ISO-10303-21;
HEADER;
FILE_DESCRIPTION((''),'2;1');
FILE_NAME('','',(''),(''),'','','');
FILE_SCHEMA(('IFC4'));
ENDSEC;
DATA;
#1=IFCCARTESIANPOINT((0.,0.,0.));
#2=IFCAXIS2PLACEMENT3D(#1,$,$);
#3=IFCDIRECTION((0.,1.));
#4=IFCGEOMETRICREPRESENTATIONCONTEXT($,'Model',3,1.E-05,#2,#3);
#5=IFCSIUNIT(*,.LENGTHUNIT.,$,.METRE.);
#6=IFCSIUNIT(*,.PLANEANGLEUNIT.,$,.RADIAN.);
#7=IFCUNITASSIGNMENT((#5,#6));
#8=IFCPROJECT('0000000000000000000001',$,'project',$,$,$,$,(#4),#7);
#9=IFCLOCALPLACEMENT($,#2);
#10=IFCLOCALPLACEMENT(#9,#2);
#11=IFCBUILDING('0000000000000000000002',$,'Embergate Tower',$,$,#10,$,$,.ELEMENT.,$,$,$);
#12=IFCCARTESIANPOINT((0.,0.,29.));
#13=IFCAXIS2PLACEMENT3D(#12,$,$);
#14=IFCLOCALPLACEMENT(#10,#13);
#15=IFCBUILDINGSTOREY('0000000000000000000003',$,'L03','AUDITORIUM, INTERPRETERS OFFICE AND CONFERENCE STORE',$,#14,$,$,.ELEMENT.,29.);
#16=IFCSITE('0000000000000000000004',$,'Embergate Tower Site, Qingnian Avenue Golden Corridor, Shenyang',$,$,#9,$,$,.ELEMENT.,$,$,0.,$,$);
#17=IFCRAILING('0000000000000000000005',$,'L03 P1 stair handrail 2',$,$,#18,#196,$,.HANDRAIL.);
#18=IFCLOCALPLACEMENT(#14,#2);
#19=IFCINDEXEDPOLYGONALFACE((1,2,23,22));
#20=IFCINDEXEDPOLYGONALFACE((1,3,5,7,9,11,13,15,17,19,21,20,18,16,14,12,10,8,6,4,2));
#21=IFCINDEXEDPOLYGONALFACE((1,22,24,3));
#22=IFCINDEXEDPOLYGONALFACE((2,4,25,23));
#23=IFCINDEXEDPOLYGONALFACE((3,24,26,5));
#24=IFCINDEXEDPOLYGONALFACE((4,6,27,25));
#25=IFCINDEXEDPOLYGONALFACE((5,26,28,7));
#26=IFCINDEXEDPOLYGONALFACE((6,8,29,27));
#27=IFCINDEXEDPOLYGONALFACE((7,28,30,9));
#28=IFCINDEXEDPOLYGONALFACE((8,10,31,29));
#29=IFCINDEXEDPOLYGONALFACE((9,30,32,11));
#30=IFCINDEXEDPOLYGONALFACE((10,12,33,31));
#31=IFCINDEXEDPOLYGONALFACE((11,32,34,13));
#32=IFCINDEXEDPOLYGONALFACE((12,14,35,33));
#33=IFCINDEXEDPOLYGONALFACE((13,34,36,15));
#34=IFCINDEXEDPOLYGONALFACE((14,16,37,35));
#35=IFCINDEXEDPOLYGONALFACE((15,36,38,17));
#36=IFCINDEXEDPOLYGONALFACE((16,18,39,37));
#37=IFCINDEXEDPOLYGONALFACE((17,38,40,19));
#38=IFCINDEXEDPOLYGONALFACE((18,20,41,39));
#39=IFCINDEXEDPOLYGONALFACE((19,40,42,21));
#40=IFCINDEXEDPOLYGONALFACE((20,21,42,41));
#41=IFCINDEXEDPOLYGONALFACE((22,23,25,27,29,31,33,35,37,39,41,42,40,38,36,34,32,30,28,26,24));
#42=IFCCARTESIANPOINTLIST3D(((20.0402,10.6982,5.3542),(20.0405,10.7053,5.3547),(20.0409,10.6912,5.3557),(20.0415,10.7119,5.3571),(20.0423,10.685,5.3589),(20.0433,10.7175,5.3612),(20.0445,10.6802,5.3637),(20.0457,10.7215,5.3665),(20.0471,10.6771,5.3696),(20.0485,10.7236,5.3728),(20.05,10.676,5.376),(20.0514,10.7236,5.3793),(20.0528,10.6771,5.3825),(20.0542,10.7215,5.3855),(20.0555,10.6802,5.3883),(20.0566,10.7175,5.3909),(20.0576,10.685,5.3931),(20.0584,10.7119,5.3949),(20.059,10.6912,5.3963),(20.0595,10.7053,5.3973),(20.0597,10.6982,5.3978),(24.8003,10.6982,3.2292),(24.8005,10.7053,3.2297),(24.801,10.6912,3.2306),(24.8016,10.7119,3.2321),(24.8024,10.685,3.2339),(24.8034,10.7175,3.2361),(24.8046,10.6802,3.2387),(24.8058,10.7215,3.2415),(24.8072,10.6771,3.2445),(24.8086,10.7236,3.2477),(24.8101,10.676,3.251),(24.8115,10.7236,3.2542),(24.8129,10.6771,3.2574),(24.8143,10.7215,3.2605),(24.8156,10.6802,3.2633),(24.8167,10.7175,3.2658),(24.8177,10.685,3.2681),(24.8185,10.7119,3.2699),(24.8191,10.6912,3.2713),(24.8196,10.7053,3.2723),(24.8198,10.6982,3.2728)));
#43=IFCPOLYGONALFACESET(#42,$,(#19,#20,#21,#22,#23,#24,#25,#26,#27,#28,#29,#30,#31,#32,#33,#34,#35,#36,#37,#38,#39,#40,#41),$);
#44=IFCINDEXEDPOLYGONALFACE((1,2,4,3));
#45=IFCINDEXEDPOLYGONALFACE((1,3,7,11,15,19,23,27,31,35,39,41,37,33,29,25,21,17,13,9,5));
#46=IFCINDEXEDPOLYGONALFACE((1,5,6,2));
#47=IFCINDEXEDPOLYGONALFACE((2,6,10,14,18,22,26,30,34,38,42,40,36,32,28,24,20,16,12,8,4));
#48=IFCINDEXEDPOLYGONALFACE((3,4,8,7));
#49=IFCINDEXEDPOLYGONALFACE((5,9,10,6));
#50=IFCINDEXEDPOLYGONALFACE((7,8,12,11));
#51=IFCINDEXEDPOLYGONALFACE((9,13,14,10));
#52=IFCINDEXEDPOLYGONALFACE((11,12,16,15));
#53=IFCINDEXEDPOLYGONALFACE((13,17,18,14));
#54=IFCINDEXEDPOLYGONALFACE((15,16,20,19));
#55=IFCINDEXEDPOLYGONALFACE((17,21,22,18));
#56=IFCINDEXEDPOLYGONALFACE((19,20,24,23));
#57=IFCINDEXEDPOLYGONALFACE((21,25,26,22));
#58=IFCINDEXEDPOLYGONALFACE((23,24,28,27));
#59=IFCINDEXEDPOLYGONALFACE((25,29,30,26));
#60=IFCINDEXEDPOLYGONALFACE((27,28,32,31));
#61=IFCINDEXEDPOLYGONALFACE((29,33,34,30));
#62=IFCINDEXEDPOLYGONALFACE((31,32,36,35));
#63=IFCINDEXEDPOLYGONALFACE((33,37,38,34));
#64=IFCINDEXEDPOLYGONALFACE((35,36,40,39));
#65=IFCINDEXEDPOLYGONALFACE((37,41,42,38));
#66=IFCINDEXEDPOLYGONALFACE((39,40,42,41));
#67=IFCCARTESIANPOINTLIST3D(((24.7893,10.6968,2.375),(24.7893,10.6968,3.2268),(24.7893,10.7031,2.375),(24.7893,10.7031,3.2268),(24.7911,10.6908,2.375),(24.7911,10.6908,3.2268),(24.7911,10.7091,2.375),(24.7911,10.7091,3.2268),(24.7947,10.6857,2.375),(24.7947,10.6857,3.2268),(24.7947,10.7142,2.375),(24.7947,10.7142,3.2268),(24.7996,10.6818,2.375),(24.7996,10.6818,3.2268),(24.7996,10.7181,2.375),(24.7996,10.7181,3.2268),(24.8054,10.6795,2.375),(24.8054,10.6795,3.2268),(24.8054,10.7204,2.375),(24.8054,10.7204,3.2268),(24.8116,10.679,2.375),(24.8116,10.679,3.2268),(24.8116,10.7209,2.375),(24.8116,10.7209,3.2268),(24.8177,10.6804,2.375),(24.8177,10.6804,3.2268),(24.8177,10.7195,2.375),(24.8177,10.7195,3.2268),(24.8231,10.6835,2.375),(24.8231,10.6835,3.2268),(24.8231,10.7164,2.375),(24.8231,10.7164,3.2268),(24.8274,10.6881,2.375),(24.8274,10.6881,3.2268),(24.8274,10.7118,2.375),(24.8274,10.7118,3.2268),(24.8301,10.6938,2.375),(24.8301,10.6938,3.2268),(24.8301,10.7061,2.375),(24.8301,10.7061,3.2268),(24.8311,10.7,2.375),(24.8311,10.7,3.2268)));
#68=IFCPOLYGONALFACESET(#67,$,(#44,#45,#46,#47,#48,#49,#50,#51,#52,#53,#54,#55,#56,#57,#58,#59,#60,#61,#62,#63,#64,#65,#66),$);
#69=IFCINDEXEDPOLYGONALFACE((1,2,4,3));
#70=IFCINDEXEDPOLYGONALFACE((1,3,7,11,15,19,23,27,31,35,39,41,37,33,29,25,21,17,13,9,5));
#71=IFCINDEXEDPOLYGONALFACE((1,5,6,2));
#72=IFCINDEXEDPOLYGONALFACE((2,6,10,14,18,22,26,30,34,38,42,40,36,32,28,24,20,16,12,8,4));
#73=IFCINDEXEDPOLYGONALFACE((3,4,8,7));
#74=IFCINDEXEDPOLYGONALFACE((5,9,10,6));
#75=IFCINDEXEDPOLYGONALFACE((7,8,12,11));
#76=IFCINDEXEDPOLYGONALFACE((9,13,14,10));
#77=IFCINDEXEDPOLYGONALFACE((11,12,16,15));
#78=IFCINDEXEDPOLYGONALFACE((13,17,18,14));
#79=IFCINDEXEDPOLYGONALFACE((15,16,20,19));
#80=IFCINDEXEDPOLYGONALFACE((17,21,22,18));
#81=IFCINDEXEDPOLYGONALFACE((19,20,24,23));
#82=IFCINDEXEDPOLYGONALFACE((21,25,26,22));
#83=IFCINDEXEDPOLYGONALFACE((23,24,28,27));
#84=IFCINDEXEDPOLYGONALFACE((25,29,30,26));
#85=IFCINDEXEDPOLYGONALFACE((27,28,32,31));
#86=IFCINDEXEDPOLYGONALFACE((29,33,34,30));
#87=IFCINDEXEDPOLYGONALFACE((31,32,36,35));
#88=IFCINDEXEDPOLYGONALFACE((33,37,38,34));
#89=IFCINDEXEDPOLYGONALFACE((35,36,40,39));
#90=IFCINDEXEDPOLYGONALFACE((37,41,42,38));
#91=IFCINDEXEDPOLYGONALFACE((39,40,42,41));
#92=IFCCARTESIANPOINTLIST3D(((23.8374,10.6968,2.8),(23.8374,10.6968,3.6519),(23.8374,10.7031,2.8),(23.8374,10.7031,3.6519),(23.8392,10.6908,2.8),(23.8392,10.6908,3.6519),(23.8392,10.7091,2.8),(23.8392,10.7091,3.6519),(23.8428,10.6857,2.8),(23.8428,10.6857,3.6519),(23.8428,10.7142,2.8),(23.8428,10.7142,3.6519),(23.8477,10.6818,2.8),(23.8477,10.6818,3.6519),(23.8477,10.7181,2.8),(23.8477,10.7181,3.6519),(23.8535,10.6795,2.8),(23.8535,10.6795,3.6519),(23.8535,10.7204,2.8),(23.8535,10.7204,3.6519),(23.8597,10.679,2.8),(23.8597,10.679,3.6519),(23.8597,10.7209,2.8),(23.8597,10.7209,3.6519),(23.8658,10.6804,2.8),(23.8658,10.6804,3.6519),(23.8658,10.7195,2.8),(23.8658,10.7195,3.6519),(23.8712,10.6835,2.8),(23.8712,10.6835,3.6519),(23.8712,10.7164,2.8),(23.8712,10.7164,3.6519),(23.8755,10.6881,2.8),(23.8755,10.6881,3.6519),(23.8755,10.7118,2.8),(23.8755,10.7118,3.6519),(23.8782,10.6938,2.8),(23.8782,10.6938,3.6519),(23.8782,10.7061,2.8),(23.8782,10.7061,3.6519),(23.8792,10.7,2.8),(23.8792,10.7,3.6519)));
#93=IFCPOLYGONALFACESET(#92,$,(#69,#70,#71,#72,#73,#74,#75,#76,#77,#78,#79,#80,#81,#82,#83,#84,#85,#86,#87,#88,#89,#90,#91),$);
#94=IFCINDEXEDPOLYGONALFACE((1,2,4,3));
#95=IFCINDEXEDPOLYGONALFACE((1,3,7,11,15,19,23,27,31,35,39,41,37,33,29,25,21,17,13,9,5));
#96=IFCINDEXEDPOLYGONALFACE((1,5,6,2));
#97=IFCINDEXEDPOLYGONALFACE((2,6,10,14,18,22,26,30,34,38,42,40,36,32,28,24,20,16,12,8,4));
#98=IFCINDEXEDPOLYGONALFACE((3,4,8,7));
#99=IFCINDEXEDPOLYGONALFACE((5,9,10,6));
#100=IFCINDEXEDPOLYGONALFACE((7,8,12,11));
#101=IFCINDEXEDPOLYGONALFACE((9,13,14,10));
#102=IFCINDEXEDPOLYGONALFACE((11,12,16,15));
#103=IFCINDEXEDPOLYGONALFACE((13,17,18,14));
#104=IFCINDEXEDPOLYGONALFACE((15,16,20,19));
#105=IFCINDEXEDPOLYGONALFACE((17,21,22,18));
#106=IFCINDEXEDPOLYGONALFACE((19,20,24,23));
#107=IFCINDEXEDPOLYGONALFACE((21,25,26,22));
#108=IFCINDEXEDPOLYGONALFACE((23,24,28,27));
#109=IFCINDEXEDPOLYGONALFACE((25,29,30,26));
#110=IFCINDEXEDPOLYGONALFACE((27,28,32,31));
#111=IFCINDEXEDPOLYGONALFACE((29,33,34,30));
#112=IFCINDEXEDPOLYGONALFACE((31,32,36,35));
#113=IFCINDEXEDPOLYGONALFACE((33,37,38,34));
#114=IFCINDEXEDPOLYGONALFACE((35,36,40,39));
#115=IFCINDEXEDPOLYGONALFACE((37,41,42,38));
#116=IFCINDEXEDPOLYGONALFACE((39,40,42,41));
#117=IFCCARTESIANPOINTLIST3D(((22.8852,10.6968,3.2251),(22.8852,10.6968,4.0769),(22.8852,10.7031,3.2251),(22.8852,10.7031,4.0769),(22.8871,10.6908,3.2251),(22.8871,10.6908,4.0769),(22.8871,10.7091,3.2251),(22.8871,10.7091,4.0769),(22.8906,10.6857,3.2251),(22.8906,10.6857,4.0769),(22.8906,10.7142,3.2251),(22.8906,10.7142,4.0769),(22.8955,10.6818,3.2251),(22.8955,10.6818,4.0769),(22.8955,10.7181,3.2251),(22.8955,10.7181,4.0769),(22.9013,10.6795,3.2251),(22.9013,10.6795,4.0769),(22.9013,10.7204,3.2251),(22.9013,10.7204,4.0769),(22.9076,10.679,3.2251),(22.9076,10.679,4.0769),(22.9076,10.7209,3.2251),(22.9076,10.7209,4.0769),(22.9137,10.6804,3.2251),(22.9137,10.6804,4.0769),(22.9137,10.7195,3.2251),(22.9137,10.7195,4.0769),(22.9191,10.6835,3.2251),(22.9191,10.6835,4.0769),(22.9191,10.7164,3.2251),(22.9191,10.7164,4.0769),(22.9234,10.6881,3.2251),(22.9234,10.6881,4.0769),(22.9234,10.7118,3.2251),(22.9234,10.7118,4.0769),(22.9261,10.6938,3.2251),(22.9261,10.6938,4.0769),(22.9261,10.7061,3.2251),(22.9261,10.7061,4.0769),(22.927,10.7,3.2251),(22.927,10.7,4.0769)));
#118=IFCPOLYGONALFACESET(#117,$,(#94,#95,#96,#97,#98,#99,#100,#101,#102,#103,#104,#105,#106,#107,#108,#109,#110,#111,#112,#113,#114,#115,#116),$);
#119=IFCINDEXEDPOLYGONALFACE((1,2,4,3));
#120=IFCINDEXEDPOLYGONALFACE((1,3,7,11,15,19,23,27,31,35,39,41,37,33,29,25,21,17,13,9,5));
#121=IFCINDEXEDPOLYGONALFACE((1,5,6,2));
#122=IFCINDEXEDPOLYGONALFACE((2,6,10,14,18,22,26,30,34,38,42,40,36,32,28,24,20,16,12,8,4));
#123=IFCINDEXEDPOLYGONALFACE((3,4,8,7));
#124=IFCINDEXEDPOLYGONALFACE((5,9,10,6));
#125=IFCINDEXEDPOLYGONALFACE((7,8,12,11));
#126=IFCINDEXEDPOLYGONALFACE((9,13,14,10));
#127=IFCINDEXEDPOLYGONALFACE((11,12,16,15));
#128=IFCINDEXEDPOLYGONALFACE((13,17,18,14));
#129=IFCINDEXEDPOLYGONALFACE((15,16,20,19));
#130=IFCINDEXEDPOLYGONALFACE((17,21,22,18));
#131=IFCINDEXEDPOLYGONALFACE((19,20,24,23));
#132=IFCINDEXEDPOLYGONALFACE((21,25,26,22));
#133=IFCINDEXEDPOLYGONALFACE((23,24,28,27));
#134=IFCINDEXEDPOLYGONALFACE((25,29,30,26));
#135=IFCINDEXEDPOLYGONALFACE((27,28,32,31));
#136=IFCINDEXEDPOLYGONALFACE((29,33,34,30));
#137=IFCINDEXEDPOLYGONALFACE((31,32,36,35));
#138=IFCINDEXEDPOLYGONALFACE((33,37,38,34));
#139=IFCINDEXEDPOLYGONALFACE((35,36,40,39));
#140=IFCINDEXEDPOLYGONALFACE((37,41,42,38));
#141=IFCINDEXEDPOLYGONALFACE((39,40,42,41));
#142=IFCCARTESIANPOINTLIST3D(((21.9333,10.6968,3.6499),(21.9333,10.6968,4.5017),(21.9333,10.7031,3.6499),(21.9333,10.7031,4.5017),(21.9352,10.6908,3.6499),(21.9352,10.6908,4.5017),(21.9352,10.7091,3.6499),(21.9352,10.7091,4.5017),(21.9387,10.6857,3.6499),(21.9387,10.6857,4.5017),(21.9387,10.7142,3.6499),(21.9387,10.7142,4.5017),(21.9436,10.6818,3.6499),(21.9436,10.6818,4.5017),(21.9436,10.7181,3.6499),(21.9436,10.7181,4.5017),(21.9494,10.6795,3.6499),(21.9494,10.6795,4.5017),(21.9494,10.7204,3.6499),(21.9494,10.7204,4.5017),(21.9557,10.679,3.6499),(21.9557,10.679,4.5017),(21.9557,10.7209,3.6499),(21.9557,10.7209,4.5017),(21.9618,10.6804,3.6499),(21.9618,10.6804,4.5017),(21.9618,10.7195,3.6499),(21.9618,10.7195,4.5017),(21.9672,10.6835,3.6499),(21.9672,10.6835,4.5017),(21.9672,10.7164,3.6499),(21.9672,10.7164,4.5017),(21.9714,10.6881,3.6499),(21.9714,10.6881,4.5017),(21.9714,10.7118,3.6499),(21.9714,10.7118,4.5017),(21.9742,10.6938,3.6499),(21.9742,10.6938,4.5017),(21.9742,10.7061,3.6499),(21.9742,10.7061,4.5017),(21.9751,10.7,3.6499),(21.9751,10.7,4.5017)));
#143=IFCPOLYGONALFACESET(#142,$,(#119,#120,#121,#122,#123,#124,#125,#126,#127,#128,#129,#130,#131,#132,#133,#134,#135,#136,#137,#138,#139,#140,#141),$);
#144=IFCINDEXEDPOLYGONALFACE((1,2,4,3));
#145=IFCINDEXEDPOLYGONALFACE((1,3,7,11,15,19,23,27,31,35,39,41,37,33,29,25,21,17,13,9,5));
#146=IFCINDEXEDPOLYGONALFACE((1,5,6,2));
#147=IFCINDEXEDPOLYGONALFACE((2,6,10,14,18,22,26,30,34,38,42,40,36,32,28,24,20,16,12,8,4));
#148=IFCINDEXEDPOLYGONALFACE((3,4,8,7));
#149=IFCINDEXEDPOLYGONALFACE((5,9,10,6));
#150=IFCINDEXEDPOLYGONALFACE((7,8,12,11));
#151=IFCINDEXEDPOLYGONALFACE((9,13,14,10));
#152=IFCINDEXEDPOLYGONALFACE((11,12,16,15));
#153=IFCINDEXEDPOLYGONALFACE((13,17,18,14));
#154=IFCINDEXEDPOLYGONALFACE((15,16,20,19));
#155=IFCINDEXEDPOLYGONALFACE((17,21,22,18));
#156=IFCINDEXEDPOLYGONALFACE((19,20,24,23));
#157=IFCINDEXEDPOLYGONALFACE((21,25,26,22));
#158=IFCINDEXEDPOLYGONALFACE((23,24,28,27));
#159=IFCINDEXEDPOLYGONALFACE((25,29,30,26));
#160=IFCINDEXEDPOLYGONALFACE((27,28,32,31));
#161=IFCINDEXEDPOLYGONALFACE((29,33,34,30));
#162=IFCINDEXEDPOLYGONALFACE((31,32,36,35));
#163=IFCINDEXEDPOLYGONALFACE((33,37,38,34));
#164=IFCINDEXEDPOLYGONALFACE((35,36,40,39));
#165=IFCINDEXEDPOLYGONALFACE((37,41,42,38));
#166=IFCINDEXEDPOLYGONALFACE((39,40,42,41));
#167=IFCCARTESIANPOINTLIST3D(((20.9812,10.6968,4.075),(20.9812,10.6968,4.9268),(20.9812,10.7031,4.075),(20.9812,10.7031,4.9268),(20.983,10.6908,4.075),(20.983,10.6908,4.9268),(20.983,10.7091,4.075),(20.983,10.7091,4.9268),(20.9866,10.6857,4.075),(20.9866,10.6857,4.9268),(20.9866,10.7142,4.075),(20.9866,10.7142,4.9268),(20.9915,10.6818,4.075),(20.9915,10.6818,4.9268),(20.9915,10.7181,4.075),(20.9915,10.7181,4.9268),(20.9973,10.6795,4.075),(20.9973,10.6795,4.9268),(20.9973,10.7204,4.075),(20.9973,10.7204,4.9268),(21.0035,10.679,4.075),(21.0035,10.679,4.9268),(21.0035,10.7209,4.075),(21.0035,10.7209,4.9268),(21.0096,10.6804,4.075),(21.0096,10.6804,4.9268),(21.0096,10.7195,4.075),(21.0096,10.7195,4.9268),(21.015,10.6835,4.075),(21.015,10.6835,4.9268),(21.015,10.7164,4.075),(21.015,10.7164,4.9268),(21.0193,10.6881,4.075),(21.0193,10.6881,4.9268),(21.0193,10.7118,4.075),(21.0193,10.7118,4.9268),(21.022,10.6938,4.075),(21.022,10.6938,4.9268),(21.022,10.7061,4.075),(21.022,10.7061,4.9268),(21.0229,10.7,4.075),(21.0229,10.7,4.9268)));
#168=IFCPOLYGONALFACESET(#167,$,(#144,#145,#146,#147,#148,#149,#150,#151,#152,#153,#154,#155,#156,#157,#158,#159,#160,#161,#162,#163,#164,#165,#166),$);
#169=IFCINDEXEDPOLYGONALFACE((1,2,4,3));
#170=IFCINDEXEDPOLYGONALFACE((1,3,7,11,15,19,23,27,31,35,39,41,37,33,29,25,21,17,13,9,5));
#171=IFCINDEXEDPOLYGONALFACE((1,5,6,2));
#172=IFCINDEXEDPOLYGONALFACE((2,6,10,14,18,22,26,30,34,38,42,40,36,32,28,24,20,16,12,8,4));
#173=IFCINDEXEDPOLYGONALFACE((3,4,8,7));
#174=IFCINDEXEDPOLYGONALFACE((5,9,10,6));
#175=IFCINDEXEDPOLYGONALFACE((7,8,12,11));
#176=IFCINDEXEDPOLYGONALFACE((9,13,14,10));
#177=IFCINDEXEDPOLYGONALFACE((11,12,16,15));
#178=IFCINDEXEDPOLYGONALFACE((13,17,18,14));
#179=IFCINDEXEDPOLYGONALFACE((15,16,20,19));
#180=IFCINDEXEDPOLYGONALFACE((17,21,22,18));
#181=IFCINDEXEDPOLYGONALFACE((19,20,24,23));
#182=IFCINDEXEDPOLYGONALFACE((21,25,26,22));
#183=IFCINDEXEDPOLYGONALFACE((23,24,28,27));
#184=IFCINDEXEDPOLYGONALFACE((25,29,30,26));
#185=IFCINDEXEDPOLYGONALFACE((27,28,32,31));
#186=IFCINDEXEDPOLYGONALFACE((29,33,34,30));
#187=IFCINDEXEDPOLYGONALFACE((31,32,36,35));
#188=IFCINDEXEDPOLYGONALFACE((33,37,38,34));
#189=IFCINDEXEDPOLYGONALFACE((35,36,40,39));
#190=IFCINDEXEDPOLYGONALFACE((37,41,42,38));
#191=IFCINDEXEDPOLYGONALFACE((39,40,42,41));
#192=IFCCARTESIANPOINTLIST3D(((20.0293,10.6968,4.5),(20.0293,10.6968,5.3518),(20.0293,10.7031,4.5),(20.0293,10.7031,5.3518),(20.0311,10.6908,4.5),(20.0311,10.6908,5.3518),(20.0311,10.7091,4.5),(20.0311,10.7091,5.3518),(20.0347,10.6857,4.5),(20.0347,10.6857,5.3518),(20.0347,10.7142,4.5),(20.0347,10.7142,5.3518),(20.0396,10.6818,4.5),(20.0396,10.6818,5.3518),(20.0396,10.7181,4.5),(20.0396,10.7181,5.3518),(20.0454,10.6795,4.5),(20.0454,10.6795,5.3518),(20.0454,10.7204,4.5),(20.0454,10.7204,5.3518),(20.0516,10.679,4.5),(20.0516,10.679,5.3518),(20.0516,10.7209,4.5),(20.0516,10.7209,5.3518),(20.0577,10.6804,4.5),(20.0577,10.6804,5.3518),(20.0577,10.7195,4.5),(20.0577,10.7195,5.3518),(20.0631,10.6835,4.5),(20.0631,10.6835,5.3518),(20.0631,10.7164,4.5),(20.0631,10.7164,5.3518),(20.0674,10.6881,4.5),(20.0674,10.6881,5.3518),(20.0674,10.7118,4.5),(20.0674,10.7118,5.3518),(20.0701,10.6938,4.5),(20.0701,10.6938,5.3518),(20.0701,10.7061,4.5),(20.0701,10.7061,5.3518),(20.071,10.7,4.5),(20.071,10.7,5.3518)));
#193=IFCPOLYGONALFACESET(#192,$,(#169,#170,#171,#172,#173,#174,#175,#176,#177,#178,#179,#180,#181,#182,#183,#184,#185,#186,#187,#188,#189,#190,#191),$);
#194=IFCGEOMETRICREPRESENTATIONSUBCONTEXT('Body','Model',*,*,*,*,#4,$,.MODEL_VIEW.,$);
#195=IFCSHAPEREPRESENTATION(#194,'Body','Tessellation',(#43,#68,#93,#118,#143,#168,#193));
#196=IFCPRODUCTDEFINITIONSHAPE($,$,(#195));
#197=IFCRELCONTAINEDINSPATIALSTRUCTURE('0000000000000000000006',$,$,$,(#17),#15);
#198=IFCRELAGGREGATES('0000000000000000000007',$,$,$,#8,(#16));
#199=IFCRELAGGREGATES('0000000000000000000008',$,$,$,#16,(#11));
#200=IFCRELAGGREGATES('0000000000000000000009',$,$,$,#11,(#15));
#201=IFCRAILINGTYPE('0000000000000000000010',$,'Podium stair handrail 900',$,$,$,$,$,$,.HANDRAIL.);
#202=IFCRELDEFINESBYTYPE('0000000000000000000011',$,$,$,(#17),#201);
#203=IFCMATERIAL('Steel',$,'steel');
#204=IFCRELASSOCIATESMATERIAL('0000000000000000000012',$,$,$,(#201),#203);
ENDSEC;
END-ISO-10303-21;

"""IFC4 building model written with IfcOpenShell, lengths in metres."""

from ifc_helpers import new_model, si_unit, direction, frame, origin, origin_2d, place, context, subcontext, project, spatial, circle, extrude, source, transform, mapped, material, type_object, element, save


model = new_model("IFC4")

# Units and contexts
model_context = context("Model", 3, precision=1e-05, world=origin(), true_north=direction((0.0, 1.0)))
body_context = subcontext(model_context, "Body", "Model", "MODEL_VIEW")
ifc_project = project(units=[si_unit("LENGTHUNIT", "METRE"), si_unit("PLANEANGLEUNIT", "RADIAN")], contexts=[model_context])

# Site, building, storey
site_placement = place(None, origin())
site = spatial("IfcSite", under=ifc_project, at=site_placement, Name="Embergate Tower Site, Qingnian Avenue Golden Corridor, Shenyang", CompositionType="ELEMENT", RefElevation=0.0)
building_placement = place(site_placement, origin())
building = spatial("IfcBuilding", under=site, at=building_placement, Name="Embergate Tower", CompositionType="ELEMENT")
storey_placement = place(building_placement, frame((0.0, 0.0, 29.0)))
storey = spatial("IfcBuildingStorey", under=building, at=storey_placement, Name="L03", Description="AUDITORIUM, INTERPRETERS OFFICE AND CONFERENCE STORE", CompositionType="ELEMENT", Elevation=29.0)

# Railing
ifc_material_1 = material(Name="Steel", Category="steel")
railing_type_1 = type_object("IfcRailingType", Name="Podium stair handrail 900", PredefinedType="HANDRAIL", material=ifc_material_1)
shared_shape_1 = source(origin(), body_context, "Body", "SweptSolid", [
    extrude(circle(Radius=0.0239, at=origin_2d()), frame((0.0, 0.0, 0.876), z_axis=(-0.913138, 0.0, 0.40765), x_axis=(0.0, -1.0, 0.0)), (0.0, 0.0, 1.0), 5.2129),
    extrude(circle(Radius=0.021, at=origin_2d()), origin(), (0.0, 0.0, 1.0), 0.8518),
    extrude(circle(Radius=0.021, at=origin_2d()), frame((-0.9519, 0.0, 0.425)), (0.0, 0.0, 1.0), 0.8518),
    extrude(circle(Radius=0.021, at=origin_2d()), frame((-1.9041, 0.0, 0.8501)), (0.0, 0.0, 1.0), 0.8518),
    extrude(circle(Radius=0.021, at=origin_2d()), frame((-2.856, 0.0, 1.2749)), (0.0, 0.0, 1.0), 0.8518),
    extrude(circle(Radius=0.021, at=origin_2d()), frame((-3.8081, 0.0, 1.7)), (0.0, 0.0, 1.0), 0.8518),
    extrude(circle(Radius=0.021, at=origin_2d()), frame((-4.76, 0.0, 2.125)), (0.0, 0.0, 1.0), 0.8518),
])
railing_1_placement = place(storey_placement, frame((24.8101, 10.7, 2.375)))
element("IfcRailing", 1, at=railing_1_placement, inside=storey, type_object=railing_type_1, Name="L03 P1 stair handrail 2", PredefinedType="HANDRAIL", context=body_context, shape_type="MappedRepresentation", body=[
    mapped(shared_shape_1, transform((0.0, 0.0, 0.0))),
])

save(model, "model.ifc")
